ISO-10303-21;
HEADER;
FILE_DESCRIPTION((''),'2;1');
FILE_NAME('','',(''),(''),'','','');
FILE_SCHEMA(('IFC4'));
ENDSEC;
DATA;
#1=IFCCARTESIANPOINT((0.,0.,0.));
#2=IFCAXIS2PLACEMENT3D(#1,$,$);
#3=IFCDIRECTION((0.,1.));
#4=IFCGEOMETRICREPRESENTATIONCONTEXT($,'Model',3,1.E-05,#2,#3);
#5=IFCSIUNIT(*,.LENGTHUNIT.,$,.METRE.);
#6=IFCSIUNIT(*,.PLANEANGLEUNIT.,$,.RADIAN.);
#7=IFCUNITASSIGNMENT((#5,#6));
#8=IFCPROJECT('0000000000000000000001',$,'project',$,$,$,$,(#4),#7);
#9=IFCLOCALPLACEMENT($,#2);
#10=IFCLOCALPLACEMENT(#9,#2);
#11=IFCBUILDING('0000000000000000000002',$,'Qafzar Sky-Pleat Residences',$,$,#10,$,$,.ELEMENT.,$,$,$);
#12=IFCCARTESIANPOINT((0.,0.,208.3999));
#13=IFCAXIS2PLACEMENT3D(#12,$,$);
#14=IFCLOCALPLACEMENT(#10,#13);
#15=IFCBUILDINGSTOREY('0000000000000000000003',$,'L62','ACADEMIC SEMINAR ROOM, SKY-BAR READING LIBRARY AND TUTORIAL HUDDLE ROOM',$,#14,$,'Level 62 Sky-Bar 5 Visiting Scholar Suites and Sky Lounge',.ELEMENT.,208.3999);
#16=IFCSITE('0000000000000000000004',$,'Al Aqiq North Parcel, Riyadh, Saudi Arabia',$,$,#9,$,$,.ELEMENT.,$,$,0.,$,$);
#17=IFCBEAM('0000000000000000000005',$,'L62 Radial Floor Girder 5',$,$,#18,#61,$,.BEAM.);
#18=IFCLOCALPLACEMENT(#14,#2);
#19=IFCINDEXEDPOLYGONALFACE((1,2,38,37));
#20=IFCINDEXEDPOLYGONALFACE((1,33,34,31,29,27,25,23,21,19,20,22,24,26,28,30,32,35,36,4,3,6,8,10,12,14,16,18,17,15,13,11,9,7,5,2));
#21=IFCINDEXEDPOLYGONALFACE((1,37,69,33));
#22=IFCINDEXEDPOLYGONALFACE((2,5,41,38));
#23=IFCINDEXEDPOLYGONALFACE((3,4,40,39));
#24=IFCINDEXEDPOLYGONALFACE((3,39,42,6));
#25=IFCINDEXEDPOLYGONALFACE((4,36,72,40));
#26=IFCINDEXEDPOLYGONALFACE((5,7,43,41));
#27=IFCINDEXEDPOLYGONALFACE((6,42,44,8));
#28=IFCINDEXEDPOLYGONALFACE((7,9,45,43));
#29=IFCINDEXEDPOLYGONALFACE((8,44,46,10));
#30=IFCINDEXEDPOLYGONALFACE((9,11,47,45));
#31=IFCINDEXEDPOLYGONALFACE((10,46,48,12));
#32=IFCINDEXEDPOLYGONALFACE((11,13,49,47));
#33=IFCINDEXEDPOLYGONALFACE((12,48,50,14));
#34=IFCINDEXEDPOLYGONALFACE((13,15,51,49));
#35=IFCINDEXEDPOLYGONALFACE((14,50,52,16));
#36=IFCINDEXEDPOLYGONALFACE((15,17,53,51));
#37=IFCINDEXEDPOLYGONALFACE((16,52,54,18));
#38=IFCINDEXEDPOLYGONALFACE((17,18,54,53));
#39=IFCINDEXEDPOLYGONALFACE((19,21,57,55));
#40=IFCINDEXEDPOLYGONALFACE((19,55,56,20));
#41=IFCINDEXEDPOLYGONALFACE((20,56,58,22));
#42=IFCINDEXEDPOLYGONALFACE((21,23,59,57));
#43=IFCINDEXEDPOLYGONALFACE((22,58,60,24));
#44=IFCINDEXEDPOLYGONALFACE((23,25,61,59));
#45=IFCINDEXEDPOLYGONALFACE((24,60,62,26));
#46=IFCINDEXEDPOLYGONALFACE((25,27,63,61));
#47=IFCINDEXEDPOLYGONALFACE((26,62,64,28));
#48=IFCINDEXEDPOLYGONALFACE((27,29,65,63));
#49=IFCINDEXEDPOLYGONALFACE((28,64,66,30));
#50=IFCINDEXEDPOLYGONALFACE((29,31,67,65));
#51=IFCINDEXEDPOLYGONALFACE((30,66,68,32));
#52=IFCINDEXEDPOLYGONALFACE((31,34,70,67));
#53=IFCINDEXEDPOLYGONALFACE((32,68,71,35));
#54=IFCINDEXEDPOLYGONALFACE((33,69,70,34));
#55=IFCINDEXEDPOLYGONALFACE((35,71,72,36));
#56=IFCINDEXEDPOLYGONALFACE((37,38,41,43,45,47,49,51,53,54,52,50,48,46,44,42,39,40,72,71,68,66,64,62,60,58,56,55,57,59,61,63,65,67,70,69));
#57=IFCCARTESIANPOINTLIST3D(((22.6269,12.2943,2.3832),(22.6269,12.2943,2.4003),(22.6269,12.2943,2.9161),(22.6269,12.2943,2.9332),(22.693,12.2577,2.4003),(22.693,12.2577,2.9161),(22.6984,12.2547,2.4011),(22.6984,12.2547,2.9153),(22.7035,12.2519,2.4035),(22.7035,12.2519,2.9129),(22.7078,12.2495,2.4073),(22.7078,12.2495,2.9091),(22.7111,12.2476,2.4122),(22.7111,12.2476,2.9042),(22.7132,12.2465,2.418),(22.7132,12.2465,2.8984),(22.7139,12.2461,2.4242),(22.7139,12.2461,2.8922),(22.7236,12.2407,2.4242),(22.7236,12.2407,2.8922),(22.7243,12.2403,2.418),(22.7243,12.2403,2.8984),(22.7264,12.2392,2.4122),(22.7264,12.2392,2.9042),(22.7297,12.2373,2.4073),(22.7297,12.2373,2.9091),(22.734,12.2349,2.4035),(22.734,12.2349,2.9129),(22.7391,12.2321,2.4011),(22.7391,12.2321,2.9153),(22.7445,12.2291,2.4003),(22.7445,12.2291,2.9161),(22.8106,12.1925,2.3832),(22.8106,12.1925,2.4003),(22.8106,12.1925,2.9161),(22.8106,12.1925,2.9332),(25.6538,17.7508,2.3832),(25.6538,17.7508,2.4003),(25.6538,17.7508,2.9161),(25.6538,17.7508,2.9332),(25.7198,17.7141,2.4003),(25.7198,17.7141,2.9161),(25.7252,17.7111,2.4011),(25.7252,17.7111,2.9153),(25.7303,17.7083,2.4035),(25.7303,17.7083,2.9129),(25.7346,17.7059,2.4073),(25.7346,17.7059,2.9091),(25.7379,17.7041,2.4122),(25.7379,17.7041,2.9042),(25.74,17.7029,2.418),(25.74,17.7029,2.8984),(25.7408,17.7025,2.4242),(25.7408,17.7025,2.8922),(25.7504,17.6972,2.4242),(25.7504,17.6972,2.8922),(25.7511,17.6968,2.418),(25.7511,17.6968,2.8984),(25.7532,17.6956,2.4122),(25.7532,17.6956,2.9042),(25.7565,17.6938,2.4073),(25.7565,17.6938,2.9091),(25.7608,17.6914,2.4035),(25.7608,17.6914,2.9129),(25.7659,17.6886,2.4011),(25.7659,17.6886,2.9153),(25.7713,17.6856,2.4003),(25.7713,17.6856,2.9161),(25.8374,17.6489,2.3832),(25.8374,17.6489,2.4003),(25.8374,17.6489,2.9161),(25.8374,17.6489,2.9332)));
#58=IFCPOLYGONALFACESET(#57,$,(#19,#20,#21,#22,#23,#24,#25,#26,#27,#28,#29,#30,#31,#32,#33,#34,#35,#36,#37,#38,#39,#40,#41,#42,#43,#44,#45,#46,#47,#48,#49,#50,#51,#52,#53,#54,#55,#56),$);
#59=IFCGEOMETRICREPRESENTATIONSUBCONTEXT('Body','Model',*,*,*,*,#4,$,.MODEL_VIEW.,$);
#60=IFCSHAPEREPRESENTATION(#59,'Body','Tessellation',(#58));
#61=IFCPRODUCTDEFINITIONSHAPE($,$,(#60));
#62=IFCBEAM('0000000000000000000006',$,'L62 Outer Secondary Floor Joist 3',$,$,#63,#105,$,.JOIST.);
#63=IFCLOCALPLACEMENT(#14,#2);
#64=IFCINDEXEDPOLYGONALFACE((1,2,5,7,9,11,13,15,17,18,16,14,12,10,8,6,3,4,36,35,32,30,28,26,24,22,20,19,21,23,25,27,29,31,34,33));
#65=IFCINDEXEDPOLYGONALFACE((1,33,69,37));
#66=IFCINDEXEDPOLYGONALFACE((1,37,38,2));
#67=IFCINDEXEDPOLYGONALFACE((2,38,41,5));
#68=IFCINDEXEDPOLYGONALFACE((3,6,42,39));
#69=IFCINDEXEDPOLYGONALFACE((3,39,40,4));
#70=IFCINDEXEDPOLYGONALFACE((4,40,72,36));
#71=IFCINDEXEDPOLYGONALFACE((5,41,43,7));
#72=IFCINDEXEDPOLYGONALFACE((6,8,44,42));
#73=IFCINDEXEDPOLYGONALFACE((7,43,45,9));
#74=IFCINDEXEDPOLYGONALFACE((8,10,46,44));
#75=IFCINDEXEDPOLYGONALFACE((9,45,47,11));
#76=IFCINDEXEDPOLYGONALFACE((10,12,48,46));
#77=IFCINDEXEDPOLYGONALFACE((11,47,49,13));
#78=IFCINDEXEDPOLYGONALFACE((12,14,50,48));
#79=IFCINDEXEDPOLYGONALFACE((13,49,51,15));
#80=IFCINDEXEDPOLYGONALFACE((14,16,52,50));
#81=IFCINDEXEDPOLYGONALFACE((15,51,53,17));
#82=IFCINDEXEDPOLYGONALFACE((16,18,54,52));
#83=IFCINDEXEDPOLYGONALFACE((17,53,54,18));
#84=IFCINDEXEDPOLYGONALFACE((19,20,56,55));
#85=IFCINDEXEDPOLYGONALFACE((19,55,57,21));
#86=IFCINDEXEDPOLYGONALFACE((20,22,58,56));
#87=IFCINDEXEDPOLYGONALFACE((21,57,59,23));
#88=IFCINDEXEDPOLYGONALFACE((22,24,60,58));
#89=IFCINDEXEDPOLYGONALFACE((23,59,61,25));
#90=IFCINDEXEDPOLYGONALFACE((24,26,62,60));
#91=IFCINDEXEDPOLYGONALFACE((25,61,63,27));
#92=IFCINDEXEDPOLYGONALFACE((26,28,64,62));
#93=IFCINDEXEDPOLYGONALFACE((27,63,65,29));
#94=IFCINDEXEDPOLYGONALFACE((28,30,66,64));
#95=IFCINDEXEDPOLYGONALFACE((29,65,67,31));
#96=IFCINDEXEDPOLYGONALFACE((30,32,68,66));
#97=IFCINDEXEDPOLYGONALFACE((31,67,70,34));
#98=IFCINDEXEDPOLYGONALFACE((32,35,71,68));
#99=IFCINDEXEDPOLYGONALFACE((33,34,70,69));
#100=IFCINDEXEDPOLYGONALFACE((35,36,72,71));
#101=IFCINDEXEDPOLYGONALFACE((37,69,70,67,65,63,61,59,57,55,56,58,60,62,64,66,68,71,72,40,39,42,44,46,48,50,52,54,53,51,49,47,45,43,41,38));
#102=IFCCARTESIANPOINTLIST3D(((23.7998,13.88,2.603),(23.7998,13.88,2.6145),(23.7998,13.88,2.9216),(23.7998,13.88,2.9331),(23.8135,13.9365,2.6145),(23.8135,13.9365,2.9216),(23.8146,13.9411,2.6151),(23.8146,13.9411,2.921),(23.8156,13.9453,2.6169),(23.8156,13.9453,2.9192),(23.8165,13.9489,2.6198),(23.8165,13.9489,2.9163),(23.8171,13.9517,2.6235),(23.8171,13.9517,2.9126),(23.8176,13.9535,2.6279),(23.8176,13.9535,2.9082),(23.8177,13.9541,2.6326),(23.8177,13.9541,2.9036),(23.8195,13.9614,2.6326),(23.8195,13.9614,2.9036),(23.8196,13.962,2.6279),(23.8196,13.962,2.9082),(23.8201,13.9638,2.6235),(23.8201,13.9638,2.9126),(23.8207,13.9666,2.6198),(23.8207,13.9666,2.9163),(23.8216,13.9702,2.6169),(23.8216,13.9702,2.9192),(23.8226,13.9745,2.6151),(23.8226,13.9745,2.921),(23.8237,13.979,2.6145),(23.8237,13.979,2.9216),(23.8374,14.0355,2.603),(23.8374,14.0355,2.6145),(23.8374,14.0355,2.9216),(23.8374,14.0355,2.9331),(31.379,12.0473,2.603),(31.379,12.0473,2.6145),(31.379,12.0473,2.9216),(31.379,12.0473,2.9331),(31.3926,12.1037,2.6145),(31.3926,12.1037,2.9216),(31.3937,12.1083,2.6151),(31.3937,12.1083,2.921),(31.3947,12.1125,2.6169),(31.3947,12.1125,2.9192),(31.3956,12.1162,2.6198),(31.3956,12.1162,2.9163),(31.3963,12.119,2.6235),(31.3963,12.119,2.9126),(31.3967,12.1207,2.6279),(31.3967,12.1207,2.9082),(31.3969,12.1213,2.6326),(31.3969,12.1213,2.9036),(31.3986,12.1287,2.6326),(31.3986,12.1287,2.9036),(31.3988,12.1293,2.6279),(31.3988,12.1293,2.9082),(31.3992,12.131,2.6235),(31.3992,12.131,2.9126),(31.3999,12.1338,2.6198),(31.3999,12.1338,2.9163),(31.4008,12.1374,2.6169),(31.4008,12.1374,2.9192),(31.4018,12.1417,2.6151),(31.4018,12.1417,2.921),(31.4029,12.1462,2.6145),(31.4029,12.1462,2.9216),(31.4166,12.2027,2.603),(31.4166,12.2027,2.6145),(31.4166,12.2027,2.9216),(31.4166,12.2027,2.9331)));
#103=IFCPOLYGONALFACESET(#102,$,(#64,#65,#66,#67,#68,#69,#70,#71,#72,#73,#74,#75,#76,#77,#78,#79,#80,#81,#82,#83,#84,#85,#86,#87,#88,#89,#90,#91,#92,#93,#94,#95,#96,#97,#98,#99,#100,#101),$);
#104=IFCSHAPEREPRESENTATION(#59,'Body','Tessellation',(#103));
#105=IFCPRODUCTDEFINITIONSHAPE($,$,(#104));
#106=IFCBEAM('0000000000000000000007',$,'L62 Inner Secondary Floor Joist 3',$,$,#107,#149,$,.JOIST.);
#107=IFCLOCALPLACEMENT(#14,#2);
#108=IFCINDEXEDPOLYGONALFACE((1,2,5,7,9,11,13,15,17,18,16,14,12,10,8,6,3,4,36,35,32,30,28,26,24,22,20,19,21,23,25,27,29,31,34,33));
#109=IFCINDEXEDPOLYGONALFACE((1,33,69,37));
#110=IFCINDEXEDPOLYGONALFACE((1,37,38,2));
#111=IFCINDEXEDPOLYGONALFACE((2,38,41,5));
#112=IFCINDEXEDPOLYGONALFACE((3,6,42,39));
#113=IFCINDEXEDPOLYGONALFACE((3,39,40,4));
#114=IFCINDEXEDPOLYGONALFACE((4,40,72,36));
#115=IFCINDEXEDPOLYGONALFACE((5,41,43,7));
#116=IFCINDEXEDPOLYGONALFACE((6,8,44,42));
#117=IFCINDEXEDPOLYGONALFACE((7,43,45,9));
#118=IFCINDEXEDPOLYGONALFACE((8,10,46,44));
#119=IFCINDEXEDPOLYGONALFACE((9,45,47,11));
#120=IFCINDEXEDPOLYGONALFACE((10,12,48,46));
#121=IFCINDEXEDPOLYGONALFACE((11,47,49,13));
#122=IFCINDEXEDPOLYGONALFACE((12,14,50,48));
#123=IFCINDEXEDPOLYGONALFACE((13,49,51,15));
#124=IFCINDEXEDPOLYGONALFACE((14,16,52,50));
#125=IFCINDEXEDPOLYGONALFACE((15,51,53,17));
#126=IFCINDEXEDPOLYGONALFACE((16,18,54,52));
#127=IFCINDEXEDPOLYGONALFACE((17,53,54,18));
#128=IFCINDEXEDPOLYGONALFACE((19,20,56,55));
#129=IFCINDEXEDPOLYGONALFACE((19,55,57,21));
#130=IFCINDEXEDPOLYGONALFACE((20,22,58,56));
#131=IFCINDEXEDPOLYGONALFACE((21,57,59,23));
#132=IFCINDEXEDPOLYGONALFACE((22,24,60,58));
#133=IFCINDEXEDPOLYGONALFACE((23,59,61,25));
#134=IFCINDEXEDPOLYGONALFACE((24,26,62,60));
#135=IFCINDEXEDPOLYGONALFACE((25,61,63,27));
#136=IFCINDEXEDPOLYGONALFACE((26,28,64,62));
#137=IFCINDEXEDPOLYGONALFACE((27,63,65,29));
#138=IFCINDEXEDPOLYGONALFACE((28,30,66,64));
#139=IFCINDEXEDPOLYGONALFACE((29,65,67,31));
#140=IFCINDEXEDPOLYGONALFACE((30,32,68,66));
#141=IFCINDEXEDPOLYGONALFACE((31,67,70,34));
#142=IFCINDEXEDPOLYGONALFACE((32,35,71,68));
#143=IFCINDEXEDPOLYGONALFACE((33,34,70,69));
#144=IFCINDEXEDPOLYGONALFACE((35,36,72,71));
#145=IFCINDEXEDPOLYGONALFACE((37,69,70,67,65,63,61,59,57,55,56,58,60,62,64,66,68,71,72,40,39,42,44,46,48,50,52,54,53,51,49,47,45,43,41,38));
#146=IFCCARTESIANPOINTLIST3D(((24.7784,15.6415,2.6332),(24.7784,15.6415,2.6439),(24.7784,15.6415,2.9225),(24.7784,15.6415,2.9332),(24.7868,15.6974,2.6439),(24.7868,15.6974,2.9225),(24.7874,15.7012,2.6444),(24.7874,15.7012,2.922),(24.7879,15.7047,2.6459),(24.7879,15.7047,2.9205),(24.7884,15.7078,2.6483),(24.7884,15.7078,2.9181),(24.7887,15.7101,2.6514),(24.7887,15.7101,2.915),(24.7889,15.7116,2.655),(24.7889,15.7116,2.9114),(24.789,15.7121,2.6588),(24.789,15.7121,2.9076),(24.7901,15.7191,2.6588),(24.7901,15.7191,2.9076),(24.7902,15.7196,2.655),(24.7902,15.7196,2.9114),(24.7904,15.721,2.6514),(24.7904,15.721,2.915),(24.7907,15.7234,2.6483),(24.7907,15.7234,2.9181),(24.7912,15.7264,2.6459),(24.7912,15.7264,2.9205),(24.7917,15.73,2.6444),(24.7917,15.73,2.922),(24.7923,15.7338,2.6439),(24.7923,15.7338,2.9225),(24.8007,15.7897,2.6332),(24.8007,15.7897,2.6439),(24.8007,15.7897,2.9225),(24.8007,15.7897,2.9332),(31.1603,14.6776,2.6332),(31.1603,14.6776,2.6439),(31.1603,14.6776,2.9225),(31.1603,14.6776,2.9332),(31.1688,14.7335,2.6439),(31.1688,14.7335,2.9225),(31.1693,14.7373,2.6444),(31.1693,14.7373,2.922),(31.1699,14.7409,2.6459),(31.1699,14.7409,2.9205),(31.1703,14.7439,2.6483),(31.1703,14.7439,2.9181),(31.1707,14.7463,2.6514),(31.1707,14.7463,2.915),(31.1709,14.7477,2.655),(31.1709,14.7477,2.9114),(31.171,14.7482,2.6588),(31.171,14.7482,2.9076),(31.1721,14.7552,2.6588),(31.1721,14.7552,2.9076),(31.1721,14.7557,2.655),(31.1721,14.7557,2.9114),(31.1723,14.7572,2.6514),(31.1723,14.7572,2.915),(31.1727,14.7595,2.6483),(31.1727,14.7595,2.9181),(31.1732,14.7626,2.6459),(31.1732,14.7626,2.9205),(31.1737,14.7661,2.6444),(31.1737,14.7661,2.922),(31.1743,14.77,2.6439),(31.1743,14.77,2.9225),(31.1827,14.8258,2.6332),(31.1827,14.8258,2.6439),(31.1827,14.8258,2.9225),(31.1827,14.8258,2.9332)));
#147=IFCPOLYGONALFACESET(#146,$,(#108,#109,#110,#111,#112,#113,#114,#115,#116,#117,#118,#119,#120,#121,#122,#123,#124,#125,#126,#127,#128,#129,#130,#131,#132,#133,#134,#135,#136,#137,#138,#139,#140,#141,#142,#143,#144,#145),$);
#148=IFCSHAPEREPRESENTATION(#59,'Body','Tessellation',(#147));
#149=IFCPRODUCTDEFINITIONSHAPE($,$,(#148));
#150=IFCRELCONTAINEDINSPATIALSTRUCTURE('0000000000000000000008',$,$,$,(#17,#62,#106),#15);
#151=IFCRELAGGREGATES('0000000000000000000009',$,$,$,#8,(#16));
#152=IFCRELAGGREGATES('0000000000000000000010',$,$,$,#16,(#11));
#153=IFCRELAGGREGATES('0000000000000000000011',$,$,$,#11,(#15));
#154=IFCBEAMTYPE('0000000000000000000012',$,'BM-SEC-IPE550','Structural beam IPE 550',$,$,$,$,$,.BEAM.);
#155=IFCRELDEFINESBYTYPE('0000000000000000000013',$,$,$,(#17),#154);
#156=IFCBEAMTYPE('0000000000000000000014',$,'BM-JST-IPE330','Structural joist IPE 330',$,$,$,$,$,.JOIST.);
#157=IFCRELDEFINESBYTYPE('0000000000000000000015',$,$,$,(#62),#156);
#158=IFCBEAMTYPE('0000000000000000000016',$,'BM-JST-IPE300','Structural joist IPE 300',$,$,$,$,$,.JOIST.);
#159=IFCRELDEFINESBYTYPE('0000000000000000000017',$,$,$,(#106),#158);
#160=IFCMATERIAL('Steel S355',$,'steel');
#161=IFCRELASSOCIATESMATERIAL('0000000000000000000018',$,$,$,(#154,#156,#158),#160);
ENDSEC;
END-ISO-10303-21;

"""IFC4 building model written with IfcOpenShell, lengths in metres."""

from ifc_helpers import new_model, si_unit, direction, frame, origin, origin_2d, place, context, subcontext, project, spatial, i_section, extrude, source, transform, mapped, material, material_profile, profile_set, type_object, element, save


model = new_model("IFC4")

# Units and contexts
model_context = context("Model", 3, precision=1e-05, world=origin(), true_north=direction((0.0, 1.0)))
body_context = subcontext(model_context, "Body", "Model", "MODEL_VIEW")
ifc_project = project(units=[si_unit("LENGTHUNIT", "METRE"), si_unit("PLANEANGLEUNIT", "RADIAN")], contexts=[model_context])

# Site, building, storey
site_placement = place(None, origin())
site = spatial("IfcSite", under=ifc_project, at=site_placement, Name="Al Aqiq North Parcel, Riyadh, Saudi Arabia", CompositionType="ELEMENT", RefElevation=0.0)
building_placement = place(site_placement, origin())
building = spatial("IfcBuilding", under=site, at=building_placement, Name="Qafzar Sky-Pleat Residences", CompositionType="ELEMENT")
storey_placement = place(building_placement, frame((0.0, 0.0, 208.3999)))
storey = spatial("IfcBuildingStorey", under=building, at=storey_placement, Name="L62", Description="ACADEMIC SEMINAR ROOM, SKY-BAR READING LIBRARY AND TUTORIAL HUDDLE ROOM", LongName="Level 62 Sky-Bar 5 Visiting Scholar Suites and Sky Lounge", CompositionType="ELEMENT", Elevation=208.3999)

# Shared definitions
ifc_material_1 = material(Name="Steel S355", Category="steel")

# Beams
ifc_material_profile_1 = material_profile(ifc_material_1, i_section(OverallWidth=0.21, OverallDepth=0.55, WebThickness=0.011, FlangeThickness=0.0171, FilletRadius=0.0239, at=origin_2d()), Name="IPE 550")
ifc_profile_set_1 = profile_set([ifc_material_profile_1], Name="Steel S355")
beam_type_1 = type_object("IfcBeamType", Name="BM-SEC-IPE550", Description="Structural beam IPE 550", PredefinedType="BEAM", material=ifc_profile_set_1)
shared_shape_1 = source(origin(), body_context, "Body", "SweptSolid", [
    extrude(i_section(OverallWidth=0.21, OverallDepth=0.55, WebThickness=0.011, FlangeThickness=0.0171, FilletRadius=0.0239, at=origin_2d()), origin(), (0.0, 0.0, 1.0), 6.2397),
])
beam_1_placement = place(storey_placement, frame((22.7188, 12.2434, 2.6582), z_axis=(0.485085, 0.874467, 0.0), x_axis=(-0.874467, 0.485085, 0.0)))
element("IfcBeam", 1, at=beam_1_placement, inside=storey, type_object=beam_type_1, Name="L62 Radial Floor Girder 5", PredefinedType="BEAM", context=body_context, shape_type="MappedRepresentation", body=[
    mapped(shared_shape_1, transform((0.0, 0.0, 0.0), x_axis=(1.0, 0.0, 0.0), y_axis=(0.0, 1.0, 0.0), z_axis=(0.0, 0.0, 1.0), scale=1.0)),
])
ifc_material_profile_2 = material_profile(ifc_material_1, i_section(OverallWidth=0.1599, OverallDepth=0.3301, WebThickness=0.0076, FlangeThickness=0.0115, FilletRadius=0.0181, at=origin_2d()), Name="IPE 330")
ifc_profile_set_2 = profile_set([ifc_material_profile_2], Name="Steel S355")
beam_type_2 = type_object("IfcBeamType", Name="BM-JST-IPE330", Description="Structural joist IPE 330", PredefinedType="JOIST", material=ifc_profile_set_2)
shared_shape_2 = source(origin(), body_context, "Body", "SweptSolid", [
    extrude(i_section(OverallWidth=0.1599, OverallDepth=0.3301, WebThickness=0.0076, FlangeThickness=0.0115, FilletRadius=0.0181, at=origin_2d()), origin(), (0.0, 0.0, 1.0), 7.7976),
])
beam_2_placement = place(storey_placement, frame((23.8186, 13.9578, 2.7681), z_axis=(0.971985, -0.235043, 0.0), x_axis=(0.235043, 0.971985, 0.0)))
element("IfcBeam", 2, at=beam_2_placement, inside=storey, type_object=beam_type_2, Name="L62 Outer Secondary Floor Joist 3", PredefinedType="JOIST", context=body_context, shape_type="MappedRepresentation", body=[
    mapped(shared_shape_2, transform((0.0, 0.0, 0.0), x_axis=(1.0, 0.0, 0.0), y_axis=(0.0, 1.0, 0.0), z_axis=(0.0, 0.0, 1.0), scale=1.0)),
])
ifc_material_profile_3 = material_profile(ifc_material_1, i_section(OverallWidth=0.1499, OverallDepth=0.3, WebThickness=0.0071, FlangeThickness=0.0107, FilletRadius=0.0149, at=origin_2d()), Name="IPE 300")
ifc_profile_set_3 = profile_set([ifc_material_profile_3], Name="Steel S355")
beam_type_3 = type_object("IfcBeamType", Name="BM-JST-IPE300", Description="Structural joist IPE 300", PredefinedType="JOIST", material=ifc_profile_set_3)
shared_shape_3 = source(origin(), body_context, "Body", "SweptSolid", [
    extrude(i_section(OverallWidth=0.1499, OverallDepth=0.3, WebThickness=0.0071, FlangeThickness=0.0107, FilletRadius=0.0149, at=origin_2d()), origin(), (0.0, 0.0, 1.0), 6.4543),
])
beam_3_placement = place(storey_placement, frame((24.7896, 15.7156, 2.7832), z_axis=(0.988787, -0.149334, 0.0), x_axis=(0.149334, 0.988787, 0.0)))
element("IfcBeam", 3, at=beam_3_placement, inside=storey, type_object=beam_type_3, Name="L62 Inner Secondary Floor Joist 3", PredefinedType="JOIST", context=body_context, shape_type="MappedRepresentation", body=[
    mapped(shared_shape_3, transform((0.0, 0.0, 0.0), x_axis=(1.0, 0.0, 0.0), y_axis=(0.0, 1.0, 0.0), z_axis=(0.0, 0.0, 1.0), scale=1.0)),
])

save(model, "model.ifc")
